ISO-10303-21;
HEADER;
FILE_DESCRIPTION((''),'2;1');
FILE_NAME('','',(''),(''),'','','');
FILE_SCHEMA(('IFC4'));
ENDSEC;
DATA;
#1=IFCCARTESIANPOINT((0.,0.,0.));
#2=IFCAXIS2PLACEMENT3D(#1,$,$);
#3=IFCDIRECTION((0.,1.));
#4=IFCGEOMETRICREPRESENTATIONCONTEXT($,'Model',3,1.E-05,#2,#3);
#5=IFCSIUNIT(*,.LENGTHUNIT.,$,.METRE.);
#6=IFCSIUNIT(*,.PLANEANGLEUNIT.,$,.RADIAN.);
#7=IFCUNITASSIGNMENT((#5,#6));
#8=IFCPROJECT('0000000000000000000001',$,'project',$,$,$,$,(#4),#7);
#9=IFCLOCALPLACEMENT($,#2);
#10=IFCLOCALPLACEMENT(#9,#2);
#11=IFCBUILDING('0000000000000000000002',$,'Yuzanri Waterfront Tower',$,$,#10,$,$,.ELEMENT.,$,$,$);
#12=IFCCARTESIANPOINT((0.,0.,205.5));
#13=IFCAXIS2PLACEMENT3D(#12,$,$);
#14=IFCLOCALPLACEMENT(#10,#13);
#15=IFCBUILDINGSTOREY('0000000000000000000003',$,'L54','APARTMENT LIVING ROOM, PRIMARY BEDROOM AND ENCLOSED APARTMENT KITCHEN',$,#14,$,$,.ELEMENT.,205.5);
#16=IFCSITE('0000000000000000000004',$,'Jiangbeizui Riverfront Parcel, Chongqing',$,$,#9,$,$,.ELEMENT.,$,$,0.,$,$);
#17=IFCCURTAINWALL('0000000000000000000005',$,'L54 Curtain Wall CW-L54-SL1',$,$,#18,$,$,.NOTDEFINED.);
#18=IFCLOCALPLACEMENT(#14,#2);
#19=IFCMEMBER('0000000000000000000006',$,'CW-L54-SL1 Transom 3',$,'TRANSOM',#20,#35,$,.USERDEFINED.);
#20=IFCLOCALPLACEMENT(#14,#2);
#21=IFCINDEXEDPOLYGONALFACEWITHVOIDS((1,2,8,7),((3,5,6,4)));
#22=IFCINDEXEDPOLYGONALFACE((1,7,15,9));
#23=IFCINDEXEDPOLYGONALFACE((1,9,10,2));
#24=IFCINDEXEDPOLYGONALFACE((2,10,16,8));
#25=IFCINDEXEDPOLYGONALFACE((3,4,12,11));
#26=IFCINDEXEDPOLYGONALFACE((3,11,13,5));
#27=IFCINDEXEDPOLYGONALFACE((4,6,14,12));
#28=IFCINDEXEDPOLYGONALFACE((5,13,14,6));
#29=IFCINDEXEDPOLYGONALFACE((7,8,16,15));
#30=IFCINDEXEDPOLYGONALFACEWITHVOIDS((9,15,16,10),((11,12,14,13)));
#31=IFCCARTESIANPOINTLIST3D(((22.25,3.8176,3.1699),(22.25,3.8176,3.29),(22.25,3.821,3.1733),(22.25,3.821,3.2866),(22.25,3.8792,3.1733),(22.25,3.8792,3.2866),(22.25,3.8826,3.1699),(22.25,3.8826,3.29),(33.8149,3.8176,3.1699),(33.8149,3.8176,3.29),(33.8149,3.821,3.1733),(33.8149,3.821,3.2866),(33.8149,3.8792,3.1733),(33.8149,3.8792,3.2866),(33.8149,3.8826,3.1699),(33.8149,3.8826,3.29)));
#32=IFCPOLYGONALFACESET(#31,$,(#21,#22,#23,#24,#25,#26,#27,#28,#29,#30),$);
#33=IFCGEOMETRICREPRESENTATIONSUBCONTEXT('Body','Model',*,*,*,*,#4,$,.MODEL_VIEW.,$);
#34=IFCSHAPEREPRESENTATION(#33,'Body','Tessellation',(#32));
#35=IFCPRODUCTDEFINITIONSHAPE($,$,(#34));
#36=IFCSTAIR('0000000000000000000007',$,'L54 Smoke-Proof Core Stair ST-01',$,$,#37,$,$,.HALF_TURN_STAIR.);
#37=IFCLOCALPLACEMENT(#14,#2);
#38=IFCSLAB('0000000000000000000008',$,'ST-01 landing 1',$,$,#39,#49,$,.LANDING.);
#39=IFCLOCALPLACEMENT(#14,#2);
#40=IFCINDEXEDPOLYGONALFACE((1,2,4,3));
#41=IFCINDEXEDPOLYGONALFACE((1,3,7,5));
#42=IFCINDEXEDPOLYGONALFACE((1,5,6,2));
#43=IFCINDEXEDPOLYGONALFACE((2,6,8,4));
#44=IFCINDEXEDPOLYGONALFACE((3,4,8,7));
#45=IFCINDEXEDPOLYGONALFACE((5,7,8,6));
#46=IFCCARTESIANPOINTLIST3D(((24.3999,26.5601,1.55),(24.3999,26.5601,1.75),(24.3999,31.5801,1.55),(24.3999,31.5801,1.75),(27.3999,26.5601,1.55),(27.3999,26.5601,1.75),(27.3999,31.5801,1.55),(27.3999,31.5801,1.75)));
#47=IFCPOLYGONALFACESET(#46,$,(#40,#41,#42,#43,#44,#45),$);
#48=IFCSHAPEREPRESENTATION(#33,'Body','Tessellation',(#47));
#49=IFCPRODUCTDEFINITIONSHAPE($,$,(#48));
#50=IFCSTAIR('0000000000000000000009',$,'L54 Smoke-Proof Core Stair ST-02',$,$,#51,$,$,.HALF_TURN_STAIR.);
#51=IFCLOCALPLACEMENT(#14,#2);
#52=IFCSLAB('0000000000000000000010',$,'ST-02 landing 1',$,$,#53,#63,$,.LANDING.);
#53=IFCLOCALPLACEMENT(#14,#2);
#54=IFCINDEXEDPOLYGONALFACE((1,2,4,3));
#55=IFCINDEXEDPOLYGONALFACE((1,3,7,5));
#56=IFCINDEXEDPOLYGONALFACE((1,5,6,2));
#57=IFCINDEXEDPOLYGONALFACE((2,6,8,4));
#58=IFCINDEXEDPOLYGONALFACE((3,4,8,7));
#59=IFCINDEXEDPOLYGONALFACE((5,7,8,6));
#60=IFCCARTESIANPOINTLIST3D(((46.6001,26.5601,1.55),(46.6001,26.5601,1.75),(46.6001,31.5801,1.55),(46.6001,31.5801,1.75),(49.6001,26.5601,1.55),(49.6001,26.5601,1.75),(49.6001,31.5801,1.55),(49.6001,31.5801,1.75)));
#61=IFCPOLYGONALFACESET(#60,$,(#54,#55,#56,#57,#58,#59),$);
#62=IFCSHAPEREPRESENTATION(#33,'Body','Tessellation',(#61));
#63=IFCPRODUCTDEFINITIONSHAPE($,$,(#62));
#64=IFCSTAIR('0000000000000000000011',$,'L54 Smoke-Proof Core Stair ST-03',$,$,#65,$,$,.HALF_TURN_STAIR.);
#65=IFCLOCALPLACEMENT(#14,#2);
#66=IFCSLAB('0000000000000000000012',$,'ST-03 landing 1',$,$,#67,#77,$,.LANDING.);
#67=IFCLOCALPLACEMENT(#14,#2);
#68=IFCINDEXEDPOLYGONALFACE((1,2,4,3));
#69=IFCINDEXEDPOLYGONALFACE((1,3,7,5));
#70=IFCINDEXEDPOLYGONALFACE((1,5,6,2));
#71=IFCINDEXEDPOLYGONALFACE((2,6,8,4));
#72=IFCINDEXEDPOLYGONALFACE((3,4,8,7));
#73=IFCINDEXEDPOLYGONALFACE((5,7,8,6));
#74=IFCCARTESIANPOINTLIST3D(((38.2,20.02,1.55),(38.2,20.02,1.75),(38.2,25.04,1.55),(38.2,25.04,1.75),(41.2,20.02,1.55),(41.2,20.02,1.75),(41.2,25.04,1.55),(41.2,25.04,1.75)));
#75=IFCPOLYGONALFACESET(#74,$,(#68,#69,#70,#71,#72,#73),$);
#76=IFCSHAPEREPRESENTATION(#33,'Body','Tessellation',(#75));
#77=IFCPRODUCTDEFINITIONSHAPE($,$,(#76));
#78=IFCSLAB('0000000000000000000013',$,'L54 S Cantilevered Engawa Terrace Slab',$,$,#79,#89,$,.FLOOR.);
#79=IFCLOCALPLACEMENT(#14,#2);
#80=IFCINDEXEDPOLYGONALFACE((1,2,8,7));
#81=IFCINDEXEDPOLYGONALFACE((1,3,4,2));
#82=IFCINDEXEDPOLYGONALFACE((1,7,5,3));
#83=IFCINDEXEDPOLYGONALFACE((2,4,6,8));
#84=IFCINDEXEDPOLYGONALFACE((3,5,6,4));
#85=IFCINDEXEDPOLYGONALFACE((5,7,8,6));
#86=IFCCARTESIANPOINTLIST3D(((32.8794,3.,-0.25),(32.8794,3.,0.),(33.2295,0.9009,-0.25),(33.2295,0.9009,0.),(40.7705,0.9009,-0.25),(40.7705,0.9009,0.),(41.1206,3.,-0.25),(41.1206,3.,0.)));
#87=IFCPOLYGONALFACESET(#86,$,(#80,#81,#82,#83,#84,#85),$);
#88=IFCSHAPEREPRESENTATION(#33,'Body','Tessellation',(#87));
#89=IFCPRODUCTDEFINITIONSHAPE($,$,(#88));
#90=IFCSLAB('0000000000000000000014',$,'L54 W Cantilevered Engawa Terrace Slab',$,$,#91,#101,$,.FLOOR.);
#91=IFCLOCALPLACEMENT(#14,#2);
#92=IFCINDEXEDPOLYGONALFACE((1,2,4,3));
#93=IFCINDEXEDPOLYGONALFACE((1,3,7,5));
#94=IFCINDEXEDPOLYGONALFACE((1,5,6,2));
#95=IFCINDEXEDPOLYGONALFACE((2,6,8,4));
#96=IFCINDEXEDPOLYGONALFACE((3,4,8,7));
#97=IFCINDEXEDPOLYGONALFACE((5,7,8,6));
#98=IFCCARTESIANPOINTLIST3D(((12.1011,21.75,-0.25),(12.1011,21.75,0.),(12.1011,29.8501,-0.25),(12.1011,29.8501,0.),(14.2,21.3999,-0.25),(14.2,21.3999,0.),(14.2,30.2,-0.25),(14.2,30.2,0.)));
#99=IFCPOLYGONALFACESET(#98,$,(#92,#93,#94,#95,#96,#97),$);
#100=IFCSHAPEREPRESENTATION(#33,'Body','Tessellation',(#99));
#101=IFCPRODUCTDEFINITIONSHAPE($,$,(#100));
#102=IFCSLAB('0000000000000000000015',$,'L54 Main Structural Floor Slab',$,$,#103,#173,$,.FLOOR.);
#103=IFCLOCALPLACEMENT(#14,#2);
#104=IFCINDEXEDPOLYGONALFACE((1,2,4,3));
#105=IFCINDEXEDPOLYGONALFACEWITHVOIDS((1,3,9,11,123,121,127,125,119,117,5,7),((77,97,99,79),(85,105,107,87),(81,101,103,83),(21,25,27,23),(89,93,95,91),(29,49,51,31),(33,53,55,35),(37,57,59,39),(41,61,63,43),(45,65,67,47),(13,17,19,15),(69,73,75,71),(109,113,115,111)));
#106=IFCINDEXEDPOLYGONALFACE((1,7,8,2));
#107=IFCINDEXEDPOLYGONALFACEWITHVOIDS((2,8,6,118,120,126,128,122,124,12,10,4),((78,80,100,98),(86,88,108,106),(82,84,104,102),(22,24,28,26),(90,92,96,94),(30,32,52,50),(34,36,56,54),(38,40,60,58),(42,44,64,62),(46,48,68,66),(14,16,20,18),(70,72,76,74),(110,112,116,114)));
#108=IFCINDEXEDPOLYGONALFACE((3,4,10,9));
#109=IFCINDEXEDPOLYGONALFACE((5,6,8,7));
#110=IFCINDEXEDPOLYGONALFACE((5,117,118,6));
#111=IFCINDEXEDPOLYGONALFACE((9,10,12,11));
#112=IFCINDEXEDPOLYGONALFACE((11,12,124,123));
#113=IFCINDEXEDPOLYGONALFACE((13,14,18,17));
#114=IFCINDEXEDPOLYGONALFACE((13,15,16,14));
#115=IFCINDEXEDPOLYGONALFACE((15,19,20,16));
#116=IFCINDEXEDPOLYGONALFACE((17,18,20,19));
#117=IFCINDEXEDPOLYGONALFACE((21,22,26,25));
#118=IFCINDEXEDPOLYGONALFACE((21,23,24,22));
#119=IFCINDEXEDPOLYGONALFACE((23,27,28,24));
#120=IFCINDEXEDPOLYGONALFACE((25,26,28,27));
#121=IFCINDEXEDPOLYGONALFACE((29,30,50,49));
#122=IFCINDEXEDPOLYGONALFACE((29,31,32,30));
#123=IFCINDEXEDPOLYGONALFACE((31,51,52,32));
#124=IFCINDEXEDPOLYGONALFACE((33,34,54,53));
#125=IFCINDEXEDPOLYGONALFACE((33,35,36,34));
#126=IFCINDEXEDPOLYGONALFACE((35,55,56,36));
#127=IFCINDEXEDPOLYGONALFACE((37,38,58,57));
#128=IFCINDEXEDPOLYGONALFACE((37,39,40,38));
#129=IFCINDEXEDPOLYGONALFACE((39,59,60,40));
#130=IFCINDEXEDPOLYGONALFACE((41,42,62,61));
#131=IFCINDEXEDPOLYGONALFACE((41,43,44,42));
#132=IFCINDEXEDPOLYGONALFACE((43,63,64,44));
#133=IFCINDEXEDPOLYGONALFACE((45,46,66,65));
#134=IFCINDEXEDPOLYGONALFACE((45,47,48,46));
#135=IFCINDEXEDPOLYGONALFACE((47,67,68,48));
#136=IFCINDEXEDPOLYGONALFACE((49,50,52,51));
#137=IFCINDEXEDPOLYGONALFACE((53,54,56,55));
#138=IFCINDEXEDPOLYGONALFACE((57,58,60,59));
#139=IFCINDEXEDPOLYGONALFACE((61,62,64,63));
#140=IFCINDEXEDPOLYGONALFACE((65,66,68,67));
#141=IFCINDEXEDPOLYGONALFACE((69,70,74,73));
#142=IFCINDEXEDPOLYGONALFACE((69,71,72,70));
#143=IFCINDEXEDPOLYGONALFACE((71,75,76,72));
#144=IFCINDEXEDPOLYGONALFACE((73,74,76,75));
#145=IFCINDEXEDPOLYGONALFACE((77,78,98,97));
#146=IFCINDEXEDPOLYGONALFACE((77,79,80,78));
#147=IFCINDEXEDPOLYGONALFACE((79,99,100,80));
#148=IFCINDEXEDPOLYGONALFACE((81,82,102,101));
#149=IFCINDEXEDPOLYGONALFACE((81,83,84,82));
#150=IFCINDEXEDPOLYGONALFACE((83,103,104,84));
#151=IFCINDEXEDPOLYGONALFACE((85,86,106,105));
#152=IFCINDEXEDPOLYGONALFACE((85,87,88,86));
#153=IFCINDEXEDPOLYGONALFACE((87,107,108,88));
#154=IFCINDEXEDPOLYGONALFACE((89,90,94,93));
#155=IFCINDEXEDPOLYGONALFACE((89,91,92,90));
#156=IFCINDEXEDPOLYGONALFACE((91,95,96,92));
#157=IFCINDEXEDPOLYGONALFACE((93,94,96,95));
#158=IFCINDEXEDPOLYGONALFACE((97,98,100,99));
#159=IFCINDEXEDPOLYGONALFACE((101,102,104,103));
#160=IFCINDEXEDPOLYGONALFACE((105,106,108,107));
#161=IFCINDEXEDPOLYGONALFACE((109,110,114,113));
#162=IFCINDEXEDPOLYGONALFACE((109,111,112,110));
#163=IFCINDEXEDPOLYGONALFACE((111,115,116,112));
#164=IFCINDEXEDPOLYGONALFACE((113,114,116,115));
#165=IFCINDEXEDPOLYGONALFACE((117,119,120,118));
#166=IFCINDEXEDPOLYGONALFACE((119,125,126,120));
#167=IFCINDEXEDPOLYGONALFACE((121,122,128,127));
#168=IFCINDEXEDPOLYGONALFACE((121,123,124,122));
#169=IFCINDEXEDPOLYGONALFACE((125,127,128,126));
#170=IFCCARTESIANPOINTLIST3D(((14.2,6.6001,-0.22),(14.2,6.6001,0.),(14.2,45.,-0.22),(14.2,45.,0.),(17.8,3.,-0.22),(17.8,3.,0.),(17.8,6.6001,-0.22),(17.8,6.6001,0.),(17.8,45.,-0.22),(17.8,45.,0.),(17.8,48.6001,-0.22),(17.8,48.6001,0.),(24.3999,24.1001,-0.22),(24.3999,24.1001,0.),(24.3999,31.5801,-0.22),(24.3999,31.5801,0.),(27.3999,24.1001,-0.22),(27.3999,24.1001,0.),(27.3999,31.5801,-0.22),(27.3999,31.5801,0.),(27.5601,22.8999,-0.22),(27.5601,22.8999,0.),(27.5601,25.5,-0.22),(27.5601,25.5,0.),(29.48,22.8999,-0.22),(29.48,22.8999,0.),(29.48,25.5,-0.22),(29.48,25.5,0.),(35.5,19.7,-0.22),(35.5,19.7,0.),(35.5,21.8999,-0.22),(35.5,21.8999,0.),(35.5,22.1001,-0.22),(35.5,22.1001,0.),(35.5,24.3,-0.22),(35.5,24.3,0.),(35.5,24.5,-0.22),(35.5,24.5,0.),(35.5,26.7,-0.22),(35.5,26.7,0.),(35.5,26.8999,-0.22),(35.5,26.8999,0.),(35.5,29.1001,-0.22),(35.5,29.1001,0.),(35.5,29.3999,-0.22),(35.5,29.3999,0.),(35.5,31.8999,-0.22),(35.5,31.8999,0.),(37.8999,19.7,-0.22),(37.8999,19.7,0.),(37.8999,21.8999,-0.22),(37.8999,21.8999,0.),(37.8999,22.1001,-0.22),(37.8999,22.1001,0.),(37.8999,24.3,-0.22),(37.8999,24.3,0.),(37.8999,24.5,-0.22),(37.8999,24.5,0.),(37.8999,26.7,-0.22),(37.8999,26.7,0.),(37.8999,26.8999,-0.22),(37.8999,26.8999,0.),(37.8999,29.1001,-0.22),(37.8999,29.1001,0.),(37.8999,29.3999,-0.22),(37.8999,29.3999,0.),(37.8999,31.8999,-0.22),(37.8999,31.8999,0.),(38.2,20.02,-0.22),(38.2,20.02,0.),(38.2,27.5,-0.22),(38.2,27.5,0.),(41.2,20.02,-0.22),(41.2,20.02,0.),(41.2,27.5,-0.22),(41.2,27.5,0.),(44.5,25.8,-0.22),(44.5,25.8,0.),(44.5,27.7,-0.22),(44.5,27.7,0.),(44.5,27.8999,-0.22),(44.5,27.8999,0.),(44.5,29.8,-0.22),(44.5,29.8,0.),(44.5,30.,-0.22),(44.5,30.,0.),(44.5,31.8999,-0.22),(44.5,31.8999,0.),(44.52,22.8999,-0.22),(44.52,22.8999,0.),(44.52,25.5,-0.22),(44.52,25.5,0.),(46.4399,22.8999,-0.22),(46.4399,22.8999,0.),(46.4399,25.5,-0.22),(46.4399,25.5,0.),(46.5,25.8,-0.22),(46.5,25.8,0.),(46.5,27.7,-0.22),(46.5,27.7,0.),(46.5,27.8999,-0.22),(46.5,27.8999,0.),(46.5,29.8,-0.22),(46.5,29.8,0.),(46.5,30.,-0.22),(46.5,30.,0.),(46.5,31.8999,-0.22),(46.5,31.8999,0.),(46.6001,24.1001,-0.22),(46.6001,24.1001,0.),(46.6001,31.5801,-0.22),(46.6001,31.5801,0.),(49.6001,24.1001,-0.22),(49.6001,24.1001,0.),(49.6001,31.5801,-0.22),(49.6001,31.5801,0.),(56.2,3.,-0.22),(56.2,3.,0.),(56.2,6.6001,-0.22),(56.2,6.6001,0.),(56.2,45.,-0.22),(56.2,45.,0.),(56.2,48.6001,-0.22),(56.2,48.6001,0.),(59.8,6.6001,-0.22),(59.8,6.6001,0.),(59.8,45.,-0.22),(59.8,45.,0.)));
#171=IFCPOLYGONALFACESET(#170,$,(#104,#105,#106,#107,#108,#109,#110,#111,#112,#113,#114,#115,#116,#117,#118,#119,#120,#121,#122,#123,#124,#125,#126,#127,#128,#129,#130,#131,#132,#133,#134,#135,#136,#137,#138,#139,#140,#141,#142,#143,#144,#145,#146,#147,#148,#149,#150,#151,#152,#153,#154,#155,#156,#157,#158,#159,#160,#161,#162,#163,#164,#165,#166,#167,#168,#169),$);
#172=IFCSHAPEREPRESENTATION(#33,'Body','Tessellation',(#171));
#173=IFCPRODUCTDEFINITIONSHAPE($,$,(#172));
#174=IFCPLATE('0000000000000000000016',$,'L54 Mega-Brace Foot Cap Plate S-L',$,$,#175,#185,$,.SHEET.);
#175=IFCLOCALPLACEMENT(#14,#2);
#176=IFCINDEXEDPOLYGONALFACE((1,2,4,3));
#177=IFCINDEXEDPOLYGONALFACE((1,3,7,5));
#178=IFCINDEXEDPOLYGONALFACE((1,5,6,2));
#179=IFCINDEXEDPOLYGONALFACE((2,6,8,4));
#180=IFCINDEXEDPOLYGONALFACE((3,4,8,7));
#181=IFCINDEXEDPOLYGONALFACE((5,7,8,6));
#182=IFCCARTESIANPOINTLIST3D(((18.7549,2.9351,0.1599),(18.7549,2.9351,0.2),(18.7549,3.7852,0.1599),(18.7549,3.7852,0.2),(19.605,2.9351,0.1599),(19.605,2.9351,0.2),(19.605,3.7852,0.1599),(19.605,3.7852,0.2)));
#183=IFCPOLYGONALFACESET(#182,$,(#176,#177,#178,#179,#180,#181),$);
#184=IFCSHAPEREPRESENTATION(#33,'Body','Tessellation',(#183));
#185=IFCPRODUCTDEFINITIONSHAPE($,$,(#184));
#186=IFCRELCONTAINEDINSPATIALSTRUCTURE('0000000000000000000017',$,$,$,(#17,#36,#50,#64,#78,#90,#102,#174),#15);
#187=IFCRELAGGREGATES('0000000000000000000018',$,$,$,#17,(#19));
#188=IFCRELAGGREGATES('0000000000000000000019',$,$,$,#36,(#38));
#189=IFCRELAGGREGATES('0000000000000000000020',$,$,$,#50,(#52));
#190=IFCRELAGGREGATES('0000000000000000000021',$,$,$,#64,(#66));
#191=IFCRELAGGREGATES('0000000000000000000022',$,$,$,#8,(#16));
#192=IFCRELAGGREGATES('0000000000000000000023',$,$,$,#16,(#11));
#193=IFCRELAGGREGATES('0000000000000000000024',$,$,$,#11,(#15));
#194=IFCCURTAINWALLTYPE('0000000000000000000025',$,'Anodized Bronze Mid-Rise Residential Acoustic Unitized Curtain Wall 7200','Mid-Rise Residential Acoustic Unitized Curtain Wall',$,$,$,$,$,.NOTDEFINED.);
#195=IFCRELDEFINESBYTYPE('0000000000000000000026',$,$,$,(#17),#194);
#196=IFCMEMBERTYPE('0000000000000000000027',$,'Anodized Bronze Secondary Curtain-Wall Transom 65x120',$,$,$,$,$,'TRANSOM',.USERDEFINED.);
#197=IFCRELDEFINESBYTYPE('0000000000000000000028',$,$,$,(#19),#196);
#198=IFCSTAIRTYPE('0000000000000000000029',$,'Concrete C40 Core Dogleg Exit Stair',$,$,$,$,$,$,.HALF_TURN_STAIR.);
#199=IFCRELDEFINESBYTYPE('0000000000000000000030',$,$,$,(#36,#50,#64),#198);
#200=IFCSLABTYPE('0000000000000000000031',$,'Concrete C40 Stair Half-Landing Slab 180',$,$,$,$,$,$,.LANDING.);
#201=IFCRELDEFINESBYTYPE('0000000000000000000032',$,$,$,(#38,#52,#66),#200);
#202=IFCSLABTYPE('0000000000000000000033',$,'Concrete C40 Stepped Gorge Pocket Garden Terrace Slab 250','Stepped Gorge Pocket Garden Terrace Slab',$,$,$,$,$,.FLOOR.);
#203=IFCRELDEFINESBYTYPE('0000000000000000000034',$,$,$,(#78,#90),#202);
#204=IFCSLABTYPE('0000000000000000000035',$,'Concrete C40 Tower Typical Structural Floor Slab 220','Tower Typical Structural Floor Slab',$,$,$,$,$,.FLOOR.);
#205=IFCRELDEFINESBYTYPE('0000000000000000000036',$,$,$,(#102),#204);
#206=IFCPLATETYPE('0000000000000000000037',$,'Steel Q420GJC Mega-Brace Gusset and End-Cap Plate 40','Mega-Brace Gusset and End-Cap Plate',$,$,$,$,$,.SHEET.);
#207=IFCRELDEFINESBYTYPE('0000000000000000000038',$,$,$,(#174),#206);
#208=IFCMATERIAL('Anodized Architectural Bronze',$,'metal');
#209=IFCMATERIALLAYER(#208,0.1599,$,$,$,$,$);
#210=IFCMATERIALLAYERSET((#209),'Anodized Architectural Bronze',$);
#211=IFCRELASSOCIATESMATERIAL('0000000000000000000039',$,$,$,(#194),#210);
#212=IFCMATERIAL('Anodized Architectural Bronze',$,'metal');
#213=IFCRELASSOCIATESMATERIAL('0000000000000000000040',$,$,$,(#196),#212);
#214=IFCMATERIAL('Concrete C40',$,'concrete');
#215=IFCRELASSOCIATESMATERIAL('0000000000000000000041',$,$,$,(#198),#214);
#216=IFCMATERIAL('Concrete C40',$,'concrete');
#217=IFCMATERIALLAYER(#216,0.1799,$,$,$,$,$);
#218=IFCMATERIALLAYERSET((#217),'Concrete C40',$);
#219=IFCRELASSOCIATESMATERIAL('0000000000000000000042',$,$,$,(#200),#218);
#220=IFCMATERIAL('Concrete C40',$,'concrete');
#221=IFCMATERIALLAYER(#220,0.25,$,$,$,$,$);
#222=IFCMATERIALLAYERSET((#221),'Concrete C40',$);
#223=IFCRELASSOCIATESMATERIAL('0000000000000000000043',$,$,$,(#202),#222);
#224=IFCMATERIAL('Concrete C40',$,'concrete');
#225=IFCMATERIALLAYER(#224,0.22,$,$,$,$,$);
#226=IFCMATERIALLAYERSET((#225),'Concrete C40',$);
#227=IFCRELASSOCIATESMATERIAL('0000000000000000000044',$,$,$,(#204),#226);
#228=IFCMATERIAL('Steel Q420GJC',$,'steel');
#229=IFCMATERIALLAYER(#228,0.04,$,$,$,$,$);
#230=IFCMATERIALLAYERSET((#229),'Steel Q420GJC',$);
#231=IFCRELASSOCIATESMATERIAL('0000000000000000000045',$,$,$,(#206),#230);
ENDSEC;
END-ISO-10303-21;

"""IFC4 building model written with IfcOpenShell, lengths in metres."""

from ifc_helpers import new_model, si_unit, direction, frame, origin, origin_2d, place, context, subcontext, project, spatial, polyline, rectangle, hollow_rectangle, outline, extrude, source, transform, mapped, material, layer, layer_set, material_profile, profile_set, type_object, element, aggregate, save


model = new_model("IFC4")

# Units and contexts
model_context = context("Model", 3, precision=1e-05, world=origin(), true_north=direction((0.0, 1.0)))
body_context = subcontext(model_context, "Body", "Model", "MODEL_VIEW")
ifc_project = project(units=[si_unit("LENGTHUNIT", "METRE"), si_unit("PLANEANGLEUNIT", "RADIAN")], contexts=[model_context])

# Site, building, storey
site_placement = place(None, origin())
site = spatial("IfcSite", under=ifc_project, at=site_placement, Name="Jiangbeizui Riverfront Parcel, Chongqing", CompositionType="ELEMENT", RefElevation=0.0)
building_placement = place(site_placement, origin())
building = spatial("IfcBuilding", under=site, at=building_placement, Name="Yuzanri Waterfront Tower", CompositionType="ELEMENT")
storey_placement = place(building_placement, frame((0.0, 0.0, 205.5)))
storey = spatial("IfcBuildingStorey", under=building, at=storey_placement, Name="L54", Description="APARTMENT LIVING ROOM, PRIMARY BEDROOM AND ENCLOSED APARTMENT KITCHEN", CompositionType="ELEMENT", Elevation=205.5)

# Curtain wall, member
ifc_material_1 = material(Name="Anodized Architectural Bronze", Category="metal")
ifc_layer_1 = layer(ifc_material_1, 0.1599)
ifc_layer_set_1 = layer_set([ifc_layer_1], Name="Anodized Architectural Bronze")
curtain_wall_type = type_object("IfcCurtainWallType", Name="Anodized Bronze Mid-Rise Residential Acoustic Unitized Curtain Wall 7200", Description="Mid-Rise Residential Acoustic Unitized Curtain Wall", PredefinedType="NOTDEFINED", material=ifc_layer_set_1)
curtain_wall_placement = place(storey_placement, origin())
curtain_wall = element("IfcCurtainWall", 1, at=curtain_wall_placement, inside=storey, type_object=curtain_wall_type, Name="L54 Curtain Wall CW-L54-SL1", PredefinedType="NOTDEFINED")
ifc_material_2 = material(Name="Anodized Architectural Bronze", Category="metal")
ifc_material_profile_1 = material_profile(ifc_material_2, hollow_rectangle(XDim=0.0649, YDim=0.1201, WallThickness=0.0034, at=origin_2d()), Name="CWT 65x120")
ifc_profile_set_1 = profile_set([ifc_material_profile_1], Name="Anodized Architectural Bronze")
member_type_1 = type_object("IfcMemberType", Name="Anodized Bronze Secondary Curtain-Wall Transom 65x120", ElementType="TRANSOM", PredefinedType="USERDEFINED", material=ifc_profile_set_1)
shared_shape_1 = source(origin(), body_context, "Body", "SweptSolid", [
    extrude(hollow_rectangle(XDim=0.0649, YDim=0.1201, WallThickness=0.0034, at=origin_2d()), origin(), (0.0, 0.0, 1.0), 11.5649),
])
member_1_placement = place(storey_placement, frame((22.25, 3.8501, 3.23), z_axis=(1.0, 0.0, 0.0), x_axis=(0.0, 1.0, 0.0)))
member_1 = element("IfcMember", 2, at=member_1_placement, type_object=member_type_1, Name="CW-L54-SL1 Transom 3", ObjectType="TRANSOM", PredefinedType="USERDEFINED", context=body_context, shape_type="MappedRepresentation", body=[
    mapped(shared_shape_1, transform((0.0, 0.0, 0.0), scale=1.0)),
])
aggregate(curtain_wall, [member_1])

# Stairs, slabs
ifc_material_3 = material(Name="Concrete C40", Category="concrete")
stair_type = type_object("IfcStairType", Name="Concrete C40 Core Dogleg Exit Stair", PredefinedType="HALF_TURN_STAIR", material=ifc_material_3)
stair_1_placement = place(storey_placement, origin())
stair_1 = element("IfcStair", 3, at=stair_1_placement, inside=storey, type_object=stair_type, Name="L54 Smoke-Proof Core Stair ST-01", PredefinedType="HALF_TURN_STAIR")
ifc_material_4 = material(Name="Concrete C40", Category="concrete")
ifc_layer_2 = layer(ifc_material_4, 0.1799)
ifc_layer_set_2 = layer_set([ifc_layer_2], Name="Concrete C40")
slab_type_1 = type_object("IfcSlabType", Name="Concrete C40 Stair Half-Landing Slab 180", PredefinedType="LANDING", material=ifc_layer_set_2)
slab_1_placement = place(storey_placement, frame((0.0, 0.0, 1.55)))
slab_1 = element("IfcSlab", 4, at=slab_1_placement, type_object=slab_type_1, Name="ST-01 landing 1", PredefinedType="LANDING", context=body_context, shape_type="SweptSolid", body=[
    extrude(outline(polyline([(27.3999, 26.5601), (27.3999, 31.5801), (24.3999, 31.5801), (24.3999, 26.5601), (27.3999, 26.5601)])), origin(), (0.0, 0.0, 1.0), 0.2),
])
aggregate(stair_1, [slab_1])
stair_2_placement = place(storey_placement, origin())
stair_2 = element("IfcStair", 5, at=stair_2_placement, inside=storey, type_object=stair_type, Name="L54 Smoke-Proof Core Stair ST-02", PredefinedType="HALF_TURN_STAIR")
slab_2_placement = place(storey_placement, frame((0.0, 0.0, 1.55)))
slab_2 = element("IfcSlab", 6, at=slab_2_placement, type_object=slab_type_1, Name="ST-02 landing 1", PredefinedType="LANDING", context=body_context, shape_type="SweptSolid", body=[
    extrude(outline(polyline([(49.6001, 26.5601), (49.6001, 31.5801), (46.6001, 31.5801), (46.6001, 26.5601), (49.6001, 26.5601)])), origin(), (0.0, 0.0, 1.0), 0.2),
])
aggregate(stair_2, [slab_2])
stair_3_placement = place(storey_placement, origin())
stair_3 = element("IfcStair", 7, at=stair_3_placement, inside=storey, type_object=stair_type, Name="L54 Smoke-Proof Core Stair ST-03", PredefinedType="HALF_TURN_STAIR")
slab_3_placement = place(storey_placement, frame((0.0, 0.0, 1.55)))
slab_3 = element("IfcSlab", 8, at=slab_3_placement, type_object=slab_type_1, Name="ST-03 landing 1", PredefinedType="LANDING", context=body_context, shape_type="SweptSolid", body=[
    extrude(outline(polyline([(38.2, 25.04), (38.2, 20.02), (41.2, 20.02), (41.2, 25.04), (38.2, 25.04)])), origin(), (0.0, 0.0, 1.0), 0.2),
])
aggregate(stair_3, [slab_3])

# Slabs
ifc_material_5 = material(Name="Concrete C40", Category="concrete")
ifc_layer_3 = layer(ifc_material_5, 0.25)
ifc_layer_set_3 = layer_set([ifc_layer_3], Name="Concrete C40")
slab_type_2 = type_object("IfcSlabType", Name="Concrete C40 Stepped Gorge Pocket Garden Terrace Slab 250", Description="Stepped Gorge Pocket Garden Terrace Slab", PredefinedType="FLOOR", material=ifc_layer_set_3)
slab_4_placement = place(storey_placement, frame((0.0, 0.0, -0.25)))
element("IfcSlab", 9, at=slab_4_placement, inside=storey, type_object=slab_type_2, Name="L54 S Cantilevered Engawa Terrace Slab", PredefinedType="FLOOR", context=body_context, shape_type="SweptSolid", body=[
    extrude(outline(polyline([(32.8794, 3.0), (41.1206, 3.0), (40.7705, 0.9009), (33.2295, 0.9009), (32.8794, 3.0)])), origin(), (0.0, 0.0, 1.0), 0.25),
])
slab_5_placement = place(storey_placement, frame((0.0, 0.0, -0.25)))
element("IfcSlab", 10, at=slab_5_placement, inside=storey, type_object=slab_type_2, Name="L54 W Cantilevered Engawa Terrace Slab", PredefinedType="FLOOR", context=body_context, shape_type="SweptSolid", body=[
    extrude(outline(polyline([(14.2, 21.3999), (12.1011, 21.75), (12.1011, 29.8501), (14.2, 30.2), (14.2, 21.3999)])), origin(), (0.0, 0.0, 1.0), 0.25),
])
ifc_material_6 = material(Name="Concrete C40", Category="concrete")
ifc_layer_4 = layer(ifc_material_6, 0.22)
ifc_layer_set_4 = layer_set([ifc_layer_4], Name="Concrete C40")
slab_type_3 = type_object("IfcSlabType", Name="Concrete C40 Tower Typical Structural Floor Slab 220", Description="Tower Typical Structural Floor Slab", PredefinedType="FLOOR", material=ifc_layer_set_4)
slab_6_placement = place(storey_placement, frame((0.0, 0.0, -0.22)))
element("IfcSlab", 11, at=slab_6_placement, inside=storey, type_object=slab_type_3, Name="L54 Main Structural Floor Slab", PredefinedType="FLOOR", context=body_context, shape_type="SweptSolid", body=[
    extrude(outline(polyline([(17.8, 3.0), (56.2, 3.0), (56.2, 6.6001), (59.8, 6.6001), (59.8, 45.0), (56.2, 45.0), (56.2, 48.6001), (17.8, 48.6001), (17.8, 45.0), (14.2, 45.0), (14.2, 6.6001), (17.8, 6.6001), (17.8, 3.0)]), holes=[polyline([(27.3999, 24.1001), (27.3999, 31.5801), (24.3999, 31.5801), (24.3999, 24.1001), (27.3999, 24.1001)]), polyline([(49.6001, 24.1001), (49.6001, 31.5801), (46.6001, 31.5801), (46.6001, 24.1001), (49.6001, 24.1001)]), polyline([(38.2, 27.5), (38.2, 20.02), (41.2, 20.02), (41.2, 27.5), (38.2, 27.5)]), polyline([(27.5601, 22.8999), (29.48, 22.8999), (29.48, 25.5), (27.5601, 25.5), (27.5601, 22.8999)]), polyline([(44.52, 22.8999), (46.4399, 22.8999), (46.4399, 25.5), (44.52, 25.5), (44.52, 22.8999)]), polyline([(35.5, 19.7), (37.8999, 19.7), (37.8999, 21.8999), (35.5, 21.8999), (35.5, 19.7)]), polyline([(35.5, 22.1001), (37.8999, 22.1001), (37.8999, 24.3), (35.5, 24.3), (35.5, 22.1001)]), polyline([(35.5, 24.5), (37.8999, 24.5), (37.8999, 26.7), (35.5, 26.7), (35.5, 24.5)]), polyline([(35.5, 26.8999), (37.8999, 26.8999), (37.8999, 29.1001), (35.5, 29.1001), (35.5, 26.8999)]), polyline([(35.5, 29.3999), (37.8999, 29.3999), (37.8999, 31.8999), (35.5, 31.8999), (35.5, 29.3999)]), polyline([(44.5, 25.8), (46.5, 25.8), (46.5, 27.7), (44.5, 27.7), (44.5, 25.8)]), polyline([(44.5, 27.8999), (46.5, 27.8999), (46.5, 29.8), (44.5, 29.8), (44.5, 27.8999)]), polyline([(44.5, 30.0), (46.5, 30.0), (46.5, 31.8999), (44.5, 31.8999), (44.5, 30.0)])]), origin(), (0.0, 0.0, 1.0), 0.22),
])

# Plate
ifc_material_7 = material(Name="Steel Q420GJC", Category="steel")
ifc_layer_5 = layer(ifc_material_7, 0.04)
ifc_layer_set_5 = layer_set([ifc_layer_5], Name="Steel Q420GJC")
plate_type = type_object("IfcPlateType", Name="Steel Q420GJC Mega-Brace Gusset and End-Cap Plate 40", Description="Mega-Brace Gusset and End-Cap Plate", PredefinedType="SHEET", material=ifc_layer_set_5)
shared_shape_2 = source(origin(), body_context, "Body", "SweptSolid", [
    extrude(rectangle(XDim=0.8501, YDim=0.8501, at=origin_2d()), origin(), (0.0, 0.0, 1.0), 0.04),
])
plate_placement = place(storey_placement, frame((19.1799, 3.3601, 0.1599), z_axis=(0.0, 0.0, 1.0), x_axis=(1.0, 0.0, 0.0)))
element("IfcPlate", 12, at=plate_placement, inside=storey, type_object=plate_type, Name="L54 Mega-Brace Foot Cap Plate S-L", PredefinedType="SHEET", context=body_context, shape_type="MappedRepresentation", body=[
    mapped(shared_shape_2, transform((0.0, 0.0, 0.0), scale=1.0)),
])

save(model, "model.ifc")
